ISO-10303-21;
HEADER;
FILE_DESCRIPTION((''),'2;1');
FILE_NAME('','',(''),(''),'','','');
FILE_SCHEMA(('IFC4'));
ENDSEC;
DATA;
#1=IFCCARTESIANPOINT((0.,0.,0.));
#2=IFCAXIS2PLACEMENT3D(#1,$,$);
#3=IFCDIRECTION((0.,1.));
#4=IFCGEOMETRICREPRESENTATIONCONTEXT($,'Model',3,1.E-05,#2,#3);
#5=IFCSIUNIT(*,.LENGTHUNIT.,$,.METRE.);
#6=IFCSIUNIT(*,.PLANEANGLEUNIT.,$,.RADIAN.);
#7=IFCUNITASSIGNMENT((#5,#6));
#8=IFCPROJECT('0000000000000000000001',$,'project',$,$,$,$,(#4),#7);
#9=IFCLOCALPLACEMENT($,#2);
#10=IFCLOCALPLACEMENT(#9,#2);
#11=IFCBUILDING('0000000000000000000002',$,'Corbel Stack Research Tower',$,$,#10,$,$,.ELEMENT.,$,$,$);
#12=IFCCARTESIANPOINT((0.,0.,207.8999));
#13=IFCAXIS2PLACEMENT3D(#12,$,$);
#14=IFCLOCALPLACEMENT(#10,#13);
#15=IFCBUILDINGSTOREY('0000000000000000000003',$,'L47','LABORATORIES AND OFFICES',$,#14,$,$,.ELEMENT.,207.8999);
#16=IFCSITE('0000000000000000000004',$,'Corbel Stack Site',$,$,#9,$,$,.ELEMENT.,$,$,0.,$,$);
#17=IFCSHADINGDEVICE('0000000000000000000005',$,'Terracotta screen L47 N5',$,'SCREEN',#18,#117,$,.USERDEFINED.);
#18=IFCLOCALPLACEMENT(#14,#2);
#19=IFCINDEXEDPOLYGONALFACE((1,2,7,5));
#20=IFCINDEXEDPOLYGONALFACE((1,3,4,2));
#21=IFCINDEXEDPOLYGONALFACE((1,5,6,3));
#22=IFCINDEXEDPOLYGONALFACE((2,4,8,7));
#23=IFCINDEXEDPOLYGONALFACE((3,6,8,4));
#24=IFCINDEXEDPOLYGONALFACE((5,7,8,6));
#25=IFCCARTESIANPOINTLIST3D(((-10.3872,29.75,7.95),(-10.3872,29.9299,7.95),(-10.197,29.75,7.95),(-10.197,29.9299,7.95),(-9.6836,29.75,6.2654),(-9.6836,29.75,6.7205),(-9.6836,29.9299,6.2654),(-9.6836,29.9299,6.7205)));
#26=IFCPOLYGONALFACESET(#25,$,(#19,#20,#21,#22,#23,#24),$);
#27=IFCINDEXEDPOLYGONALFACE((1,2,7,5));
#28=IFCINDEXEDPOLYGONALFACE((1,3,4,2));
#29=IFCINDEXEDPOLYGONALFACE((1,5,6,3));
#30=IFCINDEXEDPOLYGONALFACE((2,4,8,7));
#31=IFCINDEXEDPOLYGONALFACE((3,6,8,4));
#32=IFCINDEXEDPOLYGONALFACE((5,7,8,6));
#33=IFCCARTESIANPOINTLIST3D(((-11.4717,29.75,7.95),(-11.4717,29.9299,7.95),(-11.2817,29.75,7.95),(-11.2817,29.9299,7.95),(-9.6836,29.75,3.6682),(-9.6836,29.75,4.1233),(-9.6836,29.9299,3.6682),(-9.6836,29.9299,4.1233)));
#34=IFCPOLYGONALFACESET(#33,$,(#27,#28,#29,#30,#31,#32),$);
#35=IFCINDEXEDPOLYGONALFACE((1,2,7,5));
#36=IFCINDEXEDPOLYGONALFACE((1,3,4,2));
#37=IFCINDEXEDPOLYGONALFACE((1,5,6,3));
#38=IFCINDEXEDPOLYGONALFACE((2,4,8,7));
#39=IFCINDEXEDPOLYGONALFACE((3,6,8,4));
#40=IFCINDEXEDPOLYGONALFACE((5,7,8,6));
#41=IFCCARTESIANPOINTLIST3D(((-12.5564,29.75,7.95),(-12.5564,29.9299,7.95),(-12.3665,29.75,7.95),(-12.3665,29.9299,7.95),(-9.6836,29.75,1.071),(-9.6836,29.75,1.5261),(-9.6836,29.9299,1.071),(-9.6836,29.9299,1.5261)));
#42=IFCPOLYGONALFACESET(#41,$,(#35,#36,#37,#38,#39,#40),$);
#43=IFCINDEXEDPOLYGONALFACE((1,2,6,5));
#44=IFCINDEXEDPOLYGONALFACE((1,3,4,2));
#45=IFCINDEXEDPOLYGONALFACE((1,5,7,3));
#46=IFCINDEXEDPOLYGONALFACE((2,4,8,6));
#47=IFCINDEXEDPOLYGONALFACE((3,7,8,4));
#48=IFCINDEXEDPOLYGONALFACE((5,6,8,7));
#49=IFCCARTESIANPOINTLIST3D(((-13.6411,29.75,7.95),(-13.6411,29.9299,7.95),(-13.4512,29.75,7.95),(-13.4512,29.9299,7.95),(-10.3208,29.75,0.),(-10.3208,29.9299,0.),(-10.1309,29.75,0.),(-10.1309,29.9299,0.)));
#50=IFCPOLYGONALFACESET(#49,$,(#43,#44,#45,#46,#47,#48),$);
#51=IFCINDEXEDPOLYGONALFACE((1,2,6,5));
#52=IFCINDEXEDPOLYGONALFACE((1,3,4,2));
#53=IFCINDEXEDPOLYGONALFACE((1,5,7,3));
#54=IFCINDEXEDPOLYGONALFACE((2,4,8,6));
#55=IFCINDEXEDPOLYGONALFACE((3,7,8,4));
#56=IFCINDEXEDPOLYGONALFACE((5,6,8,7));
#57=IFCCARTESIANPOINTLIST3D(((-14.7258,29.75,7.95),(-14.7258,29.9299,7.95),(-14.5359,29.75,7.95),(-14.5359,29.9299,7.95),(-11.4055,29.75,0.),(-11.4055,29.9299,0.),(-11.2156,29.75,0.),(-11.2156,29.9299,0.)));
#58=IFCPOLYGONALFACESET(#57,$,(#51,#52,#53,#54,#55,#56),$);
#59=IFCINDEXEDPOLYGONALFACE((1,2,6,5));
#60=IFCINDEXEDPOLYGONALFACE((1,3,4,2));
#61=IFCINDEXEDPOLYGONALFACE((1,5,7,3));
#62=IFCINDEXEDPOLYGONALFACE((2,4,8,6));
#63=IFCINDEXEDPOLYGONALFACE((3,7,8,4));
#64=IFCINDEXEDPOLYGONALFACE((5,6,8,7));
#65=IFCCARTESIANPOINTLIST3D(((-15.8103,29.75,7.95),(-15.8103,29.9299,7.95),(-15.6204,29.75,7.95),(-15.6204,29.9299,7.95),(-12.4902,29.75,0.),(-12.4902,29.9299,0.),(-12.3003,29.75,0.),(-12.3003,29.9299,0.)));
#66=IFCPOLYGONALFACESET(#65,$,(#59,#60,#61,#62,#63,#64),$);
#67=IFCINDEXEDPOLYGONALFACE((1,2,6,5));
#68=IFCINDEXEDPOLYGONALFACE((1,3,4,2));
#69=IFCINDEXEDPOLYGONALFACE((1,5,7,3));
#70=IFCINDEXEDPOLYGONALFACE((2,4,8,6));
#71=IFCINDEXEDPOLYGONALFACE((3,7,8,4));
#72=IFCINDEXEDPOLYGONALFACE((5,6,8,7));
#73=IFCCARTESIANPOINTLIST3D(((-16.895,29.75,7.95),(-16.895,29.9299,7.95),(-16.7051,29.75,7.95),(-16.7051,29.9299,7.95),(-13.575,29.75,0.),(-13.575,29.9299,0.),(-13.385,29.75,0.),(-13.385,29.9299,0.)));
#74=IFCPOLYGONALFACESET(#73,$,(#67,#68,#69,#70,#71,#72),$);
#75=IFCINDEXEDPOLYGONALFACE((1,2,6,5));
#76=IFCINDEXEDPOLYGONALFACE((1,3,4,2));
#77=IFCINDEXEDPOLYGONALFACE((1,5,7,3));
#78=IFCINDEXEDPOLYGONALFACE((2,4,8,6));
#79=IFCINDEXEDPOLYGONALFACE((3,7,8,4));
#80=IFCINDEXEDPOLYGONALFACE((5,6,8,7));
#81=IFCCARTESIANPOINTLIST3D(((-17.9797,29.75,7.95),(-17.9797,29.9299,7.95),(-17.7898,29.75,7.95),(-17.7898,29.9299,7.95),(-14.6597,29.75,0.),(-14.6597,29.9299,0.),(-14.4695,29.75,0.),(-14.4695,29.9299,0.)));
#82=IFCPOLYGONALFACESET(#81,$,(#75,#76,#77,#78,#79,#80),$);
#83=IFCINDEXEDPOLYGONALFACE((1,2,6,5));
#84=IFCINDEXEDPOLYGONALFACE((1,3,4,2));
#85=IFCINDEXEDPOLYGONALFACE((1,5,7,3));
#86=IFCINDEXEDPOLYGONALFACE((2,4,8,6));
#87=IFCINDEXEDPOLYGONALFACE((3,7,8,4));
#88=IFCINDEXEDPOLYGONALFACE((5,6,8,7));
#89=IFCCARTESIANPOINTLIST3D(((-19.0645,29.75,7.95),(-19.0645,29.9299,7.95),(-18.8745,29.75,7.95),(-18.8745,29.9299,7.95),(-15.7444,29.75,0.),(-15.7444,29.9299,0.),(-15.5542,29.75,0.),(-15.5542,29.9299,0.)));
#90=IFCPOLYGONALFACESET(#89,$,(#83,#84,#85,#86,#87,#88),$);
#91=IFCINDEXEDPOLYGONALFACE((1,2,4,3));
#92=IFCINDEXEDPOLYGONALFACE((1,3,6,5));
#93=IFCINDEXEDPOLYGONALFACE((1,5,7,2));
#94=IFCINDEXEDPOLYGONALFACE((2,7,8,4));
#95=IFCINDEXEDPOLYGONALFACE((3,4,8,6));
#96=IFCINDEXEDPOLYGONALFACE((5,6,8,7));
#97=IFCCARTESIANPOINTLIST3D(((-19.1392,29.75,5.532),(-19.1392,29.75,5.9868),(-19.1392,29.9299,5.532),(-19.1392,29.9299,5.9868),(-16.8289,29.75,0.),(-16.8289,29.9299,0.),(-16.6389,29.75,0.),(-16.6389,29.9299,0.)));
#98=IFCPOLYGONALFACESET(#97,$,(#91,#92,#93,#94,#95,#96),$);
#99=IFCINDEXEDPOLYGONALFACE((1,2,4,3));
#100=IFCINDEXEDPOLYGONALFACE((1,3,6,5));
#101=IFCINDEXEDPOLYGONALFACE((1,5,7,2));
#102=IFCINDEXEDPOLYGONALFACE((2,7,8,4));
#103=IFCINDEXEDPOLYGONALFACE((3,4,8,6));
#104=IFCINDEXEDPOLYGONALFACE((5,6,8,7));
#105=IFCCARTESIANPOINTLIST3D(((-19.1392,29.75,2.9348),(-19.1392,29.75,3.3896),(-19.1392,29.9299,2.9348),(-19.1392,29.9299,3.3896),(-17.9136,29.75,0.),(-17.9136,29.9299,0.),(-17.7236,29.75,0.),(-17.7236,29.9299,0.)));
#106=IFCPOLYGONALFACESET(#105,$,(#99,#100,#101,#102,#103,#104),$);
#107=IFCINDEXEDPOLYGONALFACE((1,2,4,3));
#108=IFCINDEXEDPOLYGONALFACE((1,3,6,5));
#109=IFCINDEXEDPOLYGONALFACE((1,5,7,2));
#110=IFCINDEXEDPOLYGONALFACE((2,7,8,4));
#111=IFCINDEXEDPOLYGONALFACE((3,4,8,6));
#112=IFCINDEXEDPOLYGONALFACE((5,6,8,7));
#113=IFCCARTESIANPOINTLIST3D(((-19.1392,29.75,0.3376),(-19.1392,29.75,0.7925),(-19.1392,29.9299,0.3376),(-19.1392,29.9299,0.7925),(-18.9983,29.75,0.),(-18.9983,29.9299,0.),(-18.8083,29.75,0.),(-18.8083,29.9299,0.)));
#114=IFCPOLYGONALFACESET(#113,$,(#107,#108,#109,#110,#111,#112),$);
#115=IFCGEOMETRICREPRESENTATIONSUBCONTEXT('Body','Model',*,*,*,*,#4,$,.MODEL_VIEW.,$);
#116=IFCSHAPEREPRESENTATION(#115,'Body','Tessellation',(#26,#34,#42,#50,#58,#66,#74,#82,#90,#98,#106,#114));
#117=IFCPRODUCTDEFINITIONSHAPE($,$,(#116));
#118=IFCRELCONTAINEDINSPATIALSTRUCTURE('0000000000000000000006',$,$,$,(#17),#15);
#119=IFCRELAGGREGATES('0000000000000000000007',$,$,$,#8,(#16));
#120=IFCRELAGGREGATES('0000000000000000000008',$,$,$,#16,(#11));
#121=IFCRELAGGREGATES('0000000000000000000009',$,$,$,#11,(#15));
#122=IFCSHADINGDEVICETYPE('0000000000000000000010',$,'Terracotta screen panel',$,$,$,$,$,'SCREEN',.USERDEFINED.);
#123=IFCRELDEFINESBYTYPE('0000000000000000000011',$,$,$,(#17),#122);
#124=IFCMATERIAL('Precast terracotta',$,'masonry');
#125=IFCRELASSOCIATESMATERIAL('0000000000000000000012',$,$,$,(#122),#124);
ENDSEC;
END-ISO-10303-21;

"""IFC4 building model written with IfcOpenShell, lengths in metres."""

from ifc_helpers import new_model, si_unit, direction, frame, origin, place, context, subcontext, project, spatial, polyline, outline, extrude, source, transform, mapped, material, type_object, element, save


model = new_model("IFC4")

# Units and contexts
model_context = context("Model", 3, precision=1e-05, world=origin(), true_north=direction((0.0, 1.0)))
body_context = subcontext(model_context, "Body", "Model", "MODEL_VIEW")
ifc_project = project(units=[si_unit("LENGTHUNIT", "METRE"), si_unit("PLANEANGLEUNIT", "RADIAN")], contexts=[model_context])

# Site, building, storey
site_placement = place(None, origin())
site = spatial("IfcSite", under=ifc_project, at=site_placement, Name="Corbel Stack Site", CompositionType="ELEMENT", RefElevation=0.0)
building_placement = place(site_placement, origin())
building = spatial("IfcBuilding", under=site, at=building_placement, Name="Corbel Stack Research Tower", CompositionType="ELEMENT")
storey_placement = place(building_placement, frame((0.0, 0.0, 207.8999)))
storey = spatial("IfcBuildingStorey", under=building, at=storey_placement, Name="L47", Description="LABORATORIES AND OFFICES", CompositionType="ELEMENT", Elevation=207.8999)

# Shading device
ifc_material_1 = material(Name="Precast terracotta", Category="masonry")
shading_device_type = type_object("IfcShadingDeviceType", Name="Terracotta screen panel", ElementType="SCREEN", PredefinedType="USERDEFINED", material=ifc_material_1)
shared_shape_1 = source(origin(), body_context, "Body", "SweptSolid", [
    extrude(outline(polyline([(0.7036, 7.95), (0.5134, 7.95), (0.0, 6.7205), (0.0, 6.2654), (0.7036, 7.95)])), frame((0.0, 0.0, 0.0), z_axis=(0.0, -1.0, 0.0), x_axis=(1.0, 0.0, 0.0)), (0.0, 0.0, 1.0), 0.1799),
    extrude(outline(polyline([(1.7881, 7.95), (1.5981, 7.95), (0.0, 4.1233), (0.0, 3.6682), (1.7881, 7.95)])), frame((0.0, 0.0, 0.0), z_axis=(0.0, -1.0, 0.0), x_axis=(1.0, 0.0, 0.0)), (0.0, 0.0, 1.0), 0.1799),
    extrude(outline(polyline([(2.8728, 7.95), (2.6829, 7.95), (0.0, 1.5261), (0.0, 1.071), (2.8728, 7.95)])), frame((0.0, 0.0, 0.0), z_axis=(0.0, -1.0, 0.0), x_axis=(1.0, 0.0, 0.0)), (0.0, 0.0, 1.0), 0.1799),
    extrude(outline(polyline([(0.6372, 0.0), (3.9575, 7.95), (3.7676, 7.95), (0.4473, 0.0), (0.6372, 0.0)])), frame((0.0, 0.0, 0.0), z_axis=(0.0, -1.0, 0.0), x_axis=(1.0, 0.0, 0.0)), (0.0, 0.0, 1.0), 0.1799),
    extrude(outline(polyline([(1.7219, 0.0), (5.0422, 7.95), (4.8523, 7.95), (1.532, 0.0), (1.7219, 0.0)])), frame((0.0, 0.0, 0.0), z_axis=(0.0, -1.0, 0.0), x_axis=(1.0, 0.0, 0.0)), (0.0, 0.0, 1.0), 0.1799),
    extrude(outline(polyline([(2.8066, 0.0), (6.1267, 7.95), (5.9368, 7.95), (2.6167, 0.0), (2.8066, 0.0)])), frame((0.0, 0.0, 0.0), z_axis=(0.0, -1.0, 0.0), x_axis=(1.0, 0.0, 0.0)), (0.0, 0.0, 1.0), 0.1799),
    extrude(outline(polyline([(3.8914, 0.0), (7.2114, 7.95), (7.0215, 7.95), (3.7014, 0.0), (3.8914, 0.0)])), frame((0.0, 0.0, 0.0), z_axis=(0.0, -1.0, 0.0), x_axis=(1.0, 0.0, 0.0)), (0.0, 0.0, 1.0), 0.1799),
    extrude(outline(polyline([(4.9761, 0.0), (8.2961, 7.95), (8.1062, 7.95), (4.7859, 0.0), (4.9761, 0.0)])), frame((0.0, 0.0, 0.0), z_axis=(0.0, -1.0, 0.0), x_axis=(1.0, 0.0, 0.0)), (0.0, 0.0, 1.0), 0.1799),
    extrude(outline(polyline([(6.0608, 0.0), (9.3809, 7.95), (9.1909, 7.95), (5.8706, 0.0), (6.0608, 0.0)])), frame((0.0, 0.0, 0.0), z_axis=(0.0, -1.0, 0.0), x_axis=(1.0, 0.0, 0.0)), (0.0, 0.0, 1.0), 0.1799),
    extrude(outline(polyline([(7.1453, 0.0), (9.4556, 5.532), (9.4556, 5.9868), (6.9553, 0.0), (7.1453, 0.0)])), frame((0.0, 0.0, 0.0), z_axis=(0.0, -1.0, 0.0), x_axis=(1.0, 0.0, 0.0)), (0.0, 0.0, 1.0), 0.1799),
    extrude(outline(polyline([(8.23, 0.0), (9.4556, 2.9348), (9.4556, 3.3896), (8.04, 0.0), (8.23, 0.0)])), frame((0.0, 0.0, 0.0), z_axis=(0.0, -1.0, 0.0), x_axis=(1.0, 0.0, 0.0)), (0.0, 0.0, 1.0), 0.1799),
    extrude(outline(polyline([(9.3147, 0.0), (9.4556, 0.3376), (9.4556, 0.7925), (9.1248, 0.0), (9.3147, 0.0)])), frame((0.0, 0.0, 0.0), z_axis=(0.0, -1.0, 0.0), x_axis=(1.0, 0.0, 0.0)), (0.0, 0.0, 1.0), 0.1799),
])
shading_device_1_placement = place(storey_placement, frame((-9.6836, 29.75, 0.0), z_axis=(0.0, 0.0, 1.0), x_axis=(-1.0, 0.0, 0.0)))
element("IfcShadingDevice", 1, at=shading_device_1_placement, inside=storey, type_object=shading_device_type, Name="Terracotta screen L47 N5", ObjectType="SCREEN", PredefinedType="USERDEFINED", context=body_context, shape_type="MappedRepresentation", body=[
    mapped(shared_shape_1, transform((0.0, 0.0, 0.0))),
])

save(model, "model.ifc")
